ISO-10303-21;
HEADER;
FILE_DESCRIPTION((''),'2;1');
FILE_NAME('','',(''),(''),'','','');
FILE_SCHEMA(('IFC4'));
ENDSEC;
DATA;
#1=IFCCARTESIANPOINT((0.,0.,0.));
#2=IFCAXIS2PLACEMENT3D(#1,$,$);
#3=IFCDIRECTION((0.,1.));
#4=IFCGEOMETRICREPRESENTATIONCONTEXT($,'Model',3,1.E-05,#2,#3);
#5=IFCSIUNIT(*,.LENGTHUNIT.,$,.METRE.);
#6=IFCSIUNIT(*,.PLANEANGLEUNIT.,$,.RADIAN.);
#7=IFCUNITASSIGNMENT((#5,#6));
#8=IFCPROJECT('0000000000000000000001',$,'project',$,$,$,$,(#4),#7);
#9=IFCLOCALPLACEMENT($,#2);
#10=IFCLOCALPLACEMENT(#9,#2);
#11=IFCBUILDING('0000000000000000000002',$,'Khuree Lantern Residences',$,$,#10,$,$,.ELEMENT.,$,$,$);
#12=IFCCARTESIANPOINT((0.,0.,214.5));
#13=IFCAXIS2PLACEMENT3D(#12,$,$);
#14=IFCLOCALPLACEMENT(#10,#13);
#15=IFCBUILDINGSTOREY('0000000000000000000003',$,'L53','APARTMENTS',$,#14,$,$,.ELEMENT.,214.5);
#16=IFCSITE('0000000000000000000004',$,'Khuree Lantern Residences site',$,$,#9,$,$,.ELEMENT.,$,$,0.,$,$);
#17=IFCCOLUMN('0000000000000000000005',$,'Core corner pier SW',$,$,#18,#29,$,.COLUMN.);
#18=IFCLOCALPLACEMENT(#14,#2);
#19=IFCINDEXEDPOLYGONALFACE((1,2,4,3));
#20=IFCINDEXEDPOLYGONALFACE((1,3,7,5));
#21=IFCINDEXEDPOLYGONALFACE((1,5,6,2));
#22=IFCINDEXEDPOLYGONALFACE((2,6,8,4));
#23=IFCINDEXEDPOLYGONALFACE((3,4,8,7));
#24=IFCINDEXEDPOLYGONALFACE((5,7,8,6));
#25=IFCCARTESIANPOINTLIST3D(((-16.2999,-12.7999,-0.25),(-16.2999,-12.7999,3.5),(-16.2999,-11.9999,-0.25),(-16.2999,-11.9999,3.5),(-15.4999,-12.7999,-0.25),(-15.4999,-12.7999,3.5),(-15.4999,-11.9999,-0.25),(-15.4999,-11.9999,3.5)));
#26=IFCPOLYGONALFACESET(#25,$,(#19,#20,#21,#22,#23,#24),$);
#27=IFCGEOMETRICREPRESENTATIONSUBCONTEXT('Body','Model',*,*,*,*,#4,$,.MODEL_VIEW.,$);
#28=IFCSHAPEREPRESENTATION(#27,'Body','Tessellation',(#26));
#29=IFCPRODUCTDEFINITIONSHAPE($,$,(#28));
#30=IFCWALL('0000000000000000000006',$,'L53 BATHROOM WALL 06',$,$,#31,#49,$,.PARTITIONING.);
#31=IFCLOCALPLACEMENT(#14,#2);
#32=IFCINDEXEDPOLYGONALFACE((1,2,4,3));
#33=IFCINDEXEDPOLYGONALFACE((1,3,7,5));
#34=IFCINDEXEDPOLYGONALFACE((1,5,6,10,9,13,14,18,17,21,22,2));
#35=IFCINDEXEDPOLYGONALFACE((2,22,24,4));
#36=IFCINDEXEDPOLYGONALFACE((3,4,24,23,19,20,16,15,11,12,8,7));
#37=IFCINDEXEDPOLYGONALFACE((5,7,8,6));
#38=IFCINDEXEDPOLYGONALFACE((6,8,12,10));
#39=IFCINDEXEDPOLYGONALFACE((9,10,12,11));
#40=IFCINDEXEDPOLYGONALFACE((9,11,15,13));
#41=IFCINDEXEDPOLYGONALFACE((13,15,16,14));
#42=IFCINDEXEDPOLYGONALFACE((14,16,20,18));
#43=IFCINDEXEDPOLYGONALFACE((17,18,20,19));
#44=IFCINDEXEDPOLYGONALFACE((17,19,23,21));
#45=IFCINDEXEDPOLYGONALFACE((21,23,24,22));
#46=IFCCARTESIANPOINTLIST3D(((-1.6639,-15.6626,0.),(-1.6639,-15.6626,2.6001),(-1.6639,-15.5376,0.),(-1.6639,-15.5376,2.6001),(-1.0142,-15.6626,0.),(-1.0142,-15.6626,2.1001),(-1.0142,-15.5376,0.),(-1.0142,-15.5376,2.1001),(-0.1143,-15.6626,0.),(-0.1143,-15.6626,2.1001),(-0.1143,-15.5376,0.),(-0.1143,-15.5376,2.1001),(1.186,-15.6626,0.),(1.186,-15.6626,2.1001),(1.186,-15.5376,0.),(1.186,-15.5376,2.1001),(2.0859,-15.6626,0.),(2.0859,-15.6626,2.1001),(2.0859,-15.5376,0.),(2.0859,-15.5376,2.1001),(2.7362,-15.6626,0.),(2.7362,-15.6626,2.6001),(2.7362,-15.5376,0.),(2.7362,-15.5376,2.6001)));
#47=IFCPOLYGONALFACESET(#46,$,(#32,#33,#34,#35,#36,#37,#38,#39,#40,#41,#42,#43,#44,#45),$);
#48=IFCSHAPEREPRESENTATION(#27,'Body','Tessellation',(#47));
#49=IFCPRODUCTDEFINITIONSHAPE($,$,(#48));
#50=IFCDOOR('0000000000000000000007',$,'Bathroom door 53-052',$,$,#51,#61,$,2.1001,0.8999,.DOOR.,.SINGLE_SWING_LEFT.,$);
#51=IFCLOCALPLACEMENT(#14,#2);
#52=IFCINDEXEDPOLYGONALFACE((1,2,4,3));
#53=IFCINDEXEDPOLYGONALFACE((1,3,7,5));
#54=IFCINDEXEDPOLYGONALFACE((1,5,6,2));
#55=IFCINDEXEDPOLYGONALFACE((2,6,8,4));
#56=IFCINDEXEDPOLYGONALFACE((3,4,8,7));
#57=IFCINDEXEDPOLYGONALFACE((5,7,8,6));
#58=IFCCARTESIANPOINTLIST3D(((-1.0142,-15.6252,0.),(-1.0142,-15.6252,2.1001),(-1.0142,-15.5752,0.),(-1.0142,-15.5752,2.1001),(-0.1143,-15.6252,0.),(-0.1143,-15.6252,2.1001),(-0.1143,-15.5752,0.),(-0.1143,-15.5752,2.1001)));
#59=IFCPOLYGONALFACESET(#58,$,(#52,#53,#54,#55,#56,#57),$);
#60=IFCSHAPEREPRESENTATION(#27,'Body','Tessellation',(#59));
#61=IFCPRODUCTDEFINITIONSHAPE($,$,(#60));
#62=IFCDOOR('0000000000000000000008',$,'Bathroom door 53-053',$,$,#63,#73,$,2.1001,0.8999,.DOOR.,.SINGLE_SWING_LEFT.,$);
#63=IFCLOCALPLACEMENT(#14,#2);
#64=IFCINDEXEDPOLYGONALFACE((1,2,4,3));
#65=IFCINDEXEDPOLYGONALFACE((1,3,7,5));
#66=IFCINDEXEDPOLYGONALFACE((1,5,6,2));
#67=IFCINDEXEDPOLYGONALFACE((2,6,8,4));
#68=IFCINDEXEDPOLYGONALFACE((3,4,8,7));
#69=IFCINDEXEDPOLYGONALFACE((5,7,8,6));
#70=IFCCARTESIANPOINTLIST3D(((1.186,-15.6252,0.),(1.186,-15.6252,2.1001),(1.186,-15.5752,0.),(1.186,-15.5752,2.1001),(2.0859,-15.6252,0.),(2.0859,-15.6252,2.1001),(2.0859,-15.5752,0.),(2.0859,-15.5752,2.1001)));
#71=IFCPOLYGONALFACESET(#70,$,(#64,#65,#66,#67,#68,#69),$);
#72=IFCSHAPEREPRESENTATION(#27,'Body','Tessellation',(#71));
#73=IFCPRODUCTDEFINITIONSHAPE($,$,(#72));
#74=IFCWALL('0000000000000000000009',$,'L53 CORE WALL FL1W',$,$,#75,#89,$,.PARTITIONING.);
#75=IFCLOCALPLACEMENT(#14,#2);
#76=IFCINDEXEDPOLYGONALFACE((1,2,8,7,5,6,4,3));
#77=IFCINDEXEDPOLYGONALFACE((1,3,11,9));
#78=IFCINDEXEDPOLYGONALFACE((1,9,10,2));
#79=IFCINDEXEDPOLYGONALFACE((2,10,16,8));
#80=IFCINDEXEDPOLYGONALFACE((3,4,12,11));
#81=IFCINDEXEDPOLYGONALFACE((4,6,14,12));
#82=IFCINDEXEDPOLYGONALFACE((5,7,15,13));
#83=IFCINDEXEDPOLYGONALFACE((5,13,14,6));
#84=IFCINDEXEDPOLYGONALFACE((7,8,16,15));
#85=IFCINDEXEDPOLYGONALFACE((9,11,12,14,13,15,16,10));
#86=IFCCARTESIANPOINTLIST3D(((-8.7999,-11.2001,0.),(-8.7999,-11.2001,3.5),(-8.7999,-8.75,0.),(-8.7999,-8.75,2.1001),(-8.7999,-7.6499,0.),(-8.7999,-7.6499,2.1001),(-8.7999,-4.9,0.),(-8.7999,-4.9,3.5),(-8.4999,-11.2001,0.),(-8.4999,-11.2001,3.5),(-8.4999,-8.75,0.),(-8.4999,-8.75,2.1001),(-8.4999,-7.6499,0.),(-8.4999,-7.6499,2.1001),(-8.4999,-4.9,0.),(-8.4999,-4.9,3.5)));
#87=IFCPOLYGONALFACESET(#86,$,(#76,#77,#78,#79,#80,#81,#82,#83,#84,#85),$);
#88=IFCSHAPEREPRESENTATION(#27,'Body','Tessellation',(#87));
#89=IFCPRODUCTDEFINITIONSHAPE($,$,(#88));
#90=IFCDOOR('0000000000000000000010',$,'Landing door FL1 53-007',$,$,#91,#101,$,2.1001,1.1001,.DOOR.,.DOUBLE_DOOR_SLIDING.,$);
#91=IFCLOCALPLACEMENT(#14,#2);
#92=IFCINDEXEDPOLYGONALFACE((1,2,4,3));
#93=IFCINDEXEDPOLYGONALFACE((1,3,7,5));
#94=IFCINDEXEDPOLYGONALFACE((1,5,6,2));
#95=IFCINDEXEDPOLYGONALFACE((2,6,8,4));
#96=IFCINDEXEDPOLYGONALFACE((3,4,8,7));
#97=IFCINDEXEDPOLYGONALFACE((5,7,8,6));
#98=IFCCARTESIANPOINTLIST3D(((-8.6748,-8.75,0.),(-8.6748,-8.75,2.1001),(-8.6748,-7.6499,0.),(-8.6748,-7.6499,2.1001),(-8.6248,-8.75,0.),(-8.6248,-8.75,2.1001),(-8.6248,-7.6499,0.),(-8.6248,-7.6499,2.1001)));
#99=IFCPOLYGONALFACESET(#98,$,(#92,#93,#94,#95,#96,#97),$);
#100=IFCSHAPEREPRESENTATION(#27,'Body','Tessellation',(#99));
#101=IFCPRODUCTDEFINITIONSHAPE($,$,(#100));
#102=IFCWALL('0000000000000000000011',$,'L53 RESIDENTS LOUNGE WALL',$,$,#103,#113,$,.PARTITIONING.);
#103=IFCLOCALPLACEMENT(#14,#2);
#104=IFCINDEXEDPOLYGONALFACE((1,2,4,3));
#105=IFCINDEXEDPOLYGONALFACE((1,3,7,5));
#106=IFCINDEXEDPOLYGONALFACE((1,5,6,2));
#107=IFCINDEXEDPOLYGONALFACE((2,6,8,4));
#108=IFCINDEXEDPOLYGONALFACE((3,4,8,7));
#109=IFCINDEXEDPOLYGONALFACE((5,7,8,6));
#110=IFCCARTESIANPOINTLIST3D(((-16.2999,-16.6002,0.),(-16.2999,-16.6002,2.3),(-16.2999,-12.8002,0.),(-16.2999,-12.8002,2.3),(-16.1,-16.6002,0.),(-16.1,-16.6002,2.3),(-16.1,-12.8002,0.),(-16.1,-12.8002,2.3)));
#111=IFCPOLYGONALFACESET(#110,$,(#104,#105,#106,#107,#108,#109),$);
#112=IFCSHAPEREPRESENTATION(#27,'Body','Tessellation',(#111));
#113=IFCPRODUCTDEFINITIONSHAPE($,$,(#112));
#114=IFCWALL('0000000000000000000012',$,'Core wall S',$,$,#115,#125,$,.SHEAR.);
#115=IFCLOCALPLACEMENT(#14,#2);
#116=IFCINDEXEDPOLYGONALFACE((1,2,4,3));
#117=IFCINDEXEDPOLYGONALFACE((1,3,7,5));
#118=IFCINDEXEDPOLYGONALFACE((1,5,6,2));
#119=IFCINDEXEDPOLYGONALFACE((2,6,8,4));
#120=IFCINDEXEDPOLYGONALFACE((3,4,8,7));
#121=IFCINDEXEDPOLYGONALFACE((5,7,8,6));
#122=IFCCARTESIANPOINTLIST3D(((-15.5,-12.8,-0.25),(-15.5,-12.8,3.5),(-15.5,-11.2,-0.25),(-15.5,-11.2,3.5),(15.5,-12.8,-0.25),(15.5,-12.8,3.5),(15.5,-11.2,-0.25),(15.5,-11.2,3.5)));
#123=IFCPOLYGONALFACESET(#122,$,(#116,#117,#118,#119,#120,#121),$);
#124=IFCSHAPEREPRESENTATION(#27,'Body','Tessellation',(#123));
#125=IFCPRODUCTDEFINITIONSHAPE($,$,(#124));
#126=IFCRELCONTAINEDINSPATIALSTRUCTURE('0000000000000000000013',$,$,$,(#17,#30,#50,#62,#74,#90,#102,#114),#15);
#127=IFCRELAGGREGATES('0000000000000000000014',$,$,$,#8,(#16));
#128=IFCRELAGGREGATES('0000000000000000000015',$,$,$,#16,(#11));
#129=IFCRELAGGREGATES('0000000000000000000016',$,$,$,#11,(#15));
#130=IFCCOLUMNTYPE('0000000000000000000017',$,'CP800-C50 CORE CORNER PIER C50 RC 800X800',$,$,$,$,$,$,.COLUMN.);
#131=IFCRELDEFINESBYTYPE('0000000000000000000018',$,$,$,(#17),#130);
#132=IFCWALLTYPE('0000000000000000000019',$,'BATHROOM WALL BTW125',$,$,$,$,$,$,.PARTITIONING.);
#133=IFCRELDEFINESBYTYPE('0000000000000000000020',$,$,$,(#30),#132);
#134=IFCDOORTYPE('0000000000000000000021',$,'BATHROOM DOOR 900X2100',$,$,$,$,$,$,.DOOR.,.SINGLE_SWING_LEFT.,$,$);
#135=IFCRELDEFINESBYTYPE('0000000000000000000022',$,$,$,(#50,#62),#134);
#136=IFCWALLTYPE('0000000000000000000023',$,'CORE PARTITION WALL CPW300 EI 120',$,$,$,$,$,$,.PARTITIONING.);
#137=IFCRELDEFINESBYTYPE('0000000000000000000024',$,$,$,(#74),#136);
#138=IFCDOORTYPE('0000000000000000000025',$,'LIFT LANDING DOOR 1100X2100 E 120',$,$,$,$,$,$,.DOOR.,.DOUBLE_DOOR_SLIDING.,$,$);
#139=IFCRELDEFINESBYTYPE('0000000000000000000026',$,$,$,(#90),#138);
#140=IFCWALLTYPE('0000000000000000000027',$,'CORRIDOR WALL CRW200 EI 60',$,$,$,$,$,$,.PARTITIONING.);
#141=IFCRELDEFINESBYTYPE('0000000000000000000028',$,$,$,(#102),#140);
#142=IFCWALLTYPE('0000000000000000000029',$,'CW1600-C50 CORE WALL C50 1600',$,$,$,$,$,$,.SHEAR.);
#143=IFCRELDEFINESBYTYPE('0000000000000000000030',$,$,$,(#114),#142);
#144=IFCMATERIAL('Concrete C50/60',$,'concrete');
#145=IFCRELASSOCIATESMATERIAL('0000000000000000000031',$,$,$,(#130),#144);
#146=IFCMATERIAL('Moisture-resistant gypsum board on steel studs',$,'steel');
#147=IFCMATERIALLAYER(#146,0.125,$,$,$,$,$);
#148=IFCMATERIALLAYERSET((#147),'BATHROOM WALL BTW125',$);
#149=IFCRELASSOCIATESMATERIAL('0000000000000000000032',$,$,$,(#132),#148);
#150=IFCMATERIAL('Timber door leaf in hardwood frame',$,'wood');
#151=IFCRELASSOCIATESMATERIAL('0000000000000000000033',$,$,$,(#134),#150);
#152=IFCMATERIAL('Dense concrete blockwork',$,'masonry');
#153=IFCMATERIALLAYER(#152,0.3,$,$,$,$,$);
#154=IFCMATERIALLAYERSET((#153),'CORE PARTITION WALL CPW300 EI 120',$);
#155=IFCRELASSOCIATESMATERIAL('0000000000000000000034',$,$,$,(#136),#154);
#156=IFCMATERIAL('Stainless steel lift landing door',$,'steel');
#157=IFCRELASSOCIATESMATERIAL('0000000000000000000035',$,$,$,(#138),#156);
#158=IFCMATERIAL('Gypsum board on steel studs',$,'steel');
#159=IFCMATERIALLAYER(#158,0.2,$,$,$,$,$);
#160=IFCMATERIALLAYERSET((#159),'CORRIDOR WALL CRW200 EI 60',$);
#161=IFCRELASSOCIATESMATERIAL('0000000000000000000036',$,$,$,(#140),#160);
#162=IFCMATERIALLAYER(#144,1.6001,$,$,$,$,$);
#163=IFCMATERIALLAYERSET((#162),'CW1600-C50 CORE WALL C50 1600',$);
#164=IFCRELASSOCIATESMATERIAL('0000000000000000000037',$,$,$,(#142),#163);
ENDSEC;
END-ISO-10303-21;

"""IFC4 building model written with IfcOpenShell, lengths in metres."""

from ifc_helpers import new_model, si_unit, direction, frame, frame_2d, origin, origin_2d, place, context, subcontext, project, spatial, rectangle, extrude, material, layer, layer_set, material_profile, profile_set, type_object, element, fill, save


model = new_model("IFC4")

# Units and contexts
model_context = context("Model", 3, precision=1e-05, world=origin(), true_north=direction((0.0, 1.0)))
body_context = subcontext(model_context, "Body", "Model", "MODEL_VIEW")
ifc_project = project(units=[si_unit("LENGTHUNIT", "METRE"), si_unit("PLANEANGLEUNIT", "RADIAN")], contexts=[model_context])

# Site, building, storey
site_placement = place(None, origin())
site = spatial("IfcSite", under=ifc_project, at=site_placement, Name="Khuree Lantern Residences site", CompositionType="ELEMENT", RefElevation=0.0)
building_placement = place(site_placement, origin())
building = spatial("IfcBuilding", under=site, at=building_placement, Name="Khuree Lantern Residences", CompositionType="ELEMENT")
storey_placement = place(building_placement, frame((0.0, 0.0, 214.5)))
storey = spatial("IfcBuildingStorey", under=building, at=storey_placement, Name="L53", Description="APARTMENTS", CompositionType="ELEMENT", Elevation=214.5)

# Column
ifc_material_1 = material(Name="Concrete C50/60", Category="concrete")
ifc_material_profile = material_profile(ifc_material_1, rectangle(XDim=0.8, YDim=0.8, at=origin_2d()), Name="RC 800X800")
ifc_profile_set = profile_set([ifc_material_profile], Name="Concrete C50/60")
column_type = type_object("IfcColumnType", Name="CP800-C50 CORE CORNER PIER C50 RC 800X800", PredefinedType="COLUMN", material=ifc_profile_set)
column_placement = place(storey_placement, frame((-15.8999, -12.3999, -0.25), z_axis=(0.0, 0.0, 1.0), x_axis=(1.0, 0.0, 0.0)))
element("IfcColumn", 1, at=column_placement, inside=storey, type_object=column_type, Name="Core corner pier SW", PredefinedType="COLUMN", context=body_context, shape_type="SweptSolid", body=[
    extrude(rectangle(XDim=0.8, YDim=0.8, at=origin_2d()), origin(), (0.0, 0.0, 1.0), 3.75),
])

# Wall, openings, doors
ifc_material_2 = material(Name="Moisture-resistant gypsum board on steel studs", Category="steel")
ifc_layer_1 = layer(ifc_material_2, 0.125)
ifc_layer_set_1 = layer_set([ifc_layer_1], Name="BATHROOM WALL BTW125")
wall_type_1 = type_object("IfcWallType", Name="BATHROOM WALL BTW125", PredefinedType="PARTITIONING", material=ifc_layer_set_1)
wall_1_placement = place(storey_placement, frame((-1.6641, -15.6001, 0.0), z_axis=(0.0, 0.0, 1.0), x_axis=(1.0, 0.0, 0.0)))
wall_1 = element("IfcWall", 2, at=wall_1_placement, inside=storey, type_object=wall_type_1, Name="L53 BATHROOM WALL 06", PredefinedType="PARTITIONING", context=body_context, shape_type="SweptSolid", body=[
    extrude(rectangle(XDim=4.4001, YDim=0.125, at=frame_2d((2.2002, 0.0))), origin(), (0.0, 0.0, 1.0), 2.6001),
])
opening_1_placement = place(wall_1_placement, frame((0.6499, 0.0, 0.0)))
opening_1 = element("IfcOpeningElement", 3, at=opening_1_placement, cuts=wall_1, PredefinedType="OPENING", context=body_context, shape_type="SweptSolid", body=[
    extrude(rectangle(XDim=0.8999, YDim=2.1001, at=frame_2d((0.45, 1.05))), frame((0.0, 0.0725, 0.0), z_axis=(0.0, -1.0, 0.0), x_axis=(1.0, 0.0, 0.0)), (0.0, 0.0, 1.0), 0.145),
])
opening_2_placement = place(wall_1_placement, frame((2.8501, 0.0, 0.0)))
opening_2 = element("IfcOpeningElement", 4, at=opening_2_placement, cuts=wall_1, PredefinedType="OPENING", context=body_context, shape_type="SweptSolid", body=[
    extrude(rectangle(XDim=0.8999, YDim=2.1001, at=frame_2d((0.45, 1.05))), frame((0.0, 0.0725, 0.0), z_axis=(0.0, -1.0, 0.0), x_axis=(1.0, 0.0, 0.0)), (0.0, 0.0, 1.0), 0.145),
])
ifc_material_3 = material(Name="Timber door leaf in hardwood frame", Category="wood")
door_type_1 = type_object("IfcDoorType", Name="BATHROOM DOOR 900X2100", OperationType="SINGLE_SWING_LEFT", PredefinedType="DOOR", material=ifc_material_3)
door_1_placement = place(opening_1_placement, origin())
door_1 = element("IfcDoor", 5, at=door_1_placement, inside=storey, type_object=door_type_1, Name="Bathroom door 53-052", OperationType="SINGLE_SWING_LEFT", OverallHeight=2.1001, OverallWidth=0.8999, PredefinedType="DOOR", context=body_context, shape_type="SweptSolid", body=[
    extrude(rectangle(XDim=0.8999, YDim=2.1001, at=frame_2d((0.45, 1.05))), frame((0.0, 0.0249, 0.0), z_axis=(0.0, -1.0, 0.0), x_axis=(1.0, 0.0, 0.0)), (0.0, 0.0, 1.0), 0.05),
])
fill(opening_1, door_1)
door_2_placement = place(opening_2_placement, origin())
door_2 = element("IfcDoor", 6, at=door_2_placement, inside=storey, type_object=door_type_1, Name="Bathroom door 53-053", OperationType="SINGLE_SWING_LEFT", OverallHeight=2.1001, OverallWidth=0.8999, PredefinedType="DOOR", context=body_context, shape_type="SweptSolid", body=[
    extrude(rectangle(XDim=0.8999, YDim=2.1001, at=frame_2d((0.45, 1.05))), frame((0.0, 0.0249, 0.0), z_axis=(0.0, -1.0, 0.0), x_axis=(1.0, 0.0, 0.0)), (0.0, 0.0, 1.0), 0.05),
])
fill(opening_2, door_2)

# Wall, opening, door
ifc_material_4 = material(Name="Dense concrete blockwork", Category="masonry")
ifc_layer_2 = layer(ifc_material_4, 0.3)
ifc_layer_set_2 = layer_set([ifc_layer_2], Name="CORE PARTITION WALL CPW300 EI 120")
wall_type_2 = type_object("IfcWallType", Name="CORE PARTITION WALL CPW300 EI 120", PredefinedType="PARTITIONING", material=ifc_layer_set_2)
wall_2_placement = place(storey_placement, frame((-8.6499, -11.2, 0.0), z_axis=(0.0, 0.0, 1.0), x_axis=(0.0, 1.0, 0.0)))
wall_2 = element("IfcWall", 7, at=wall_2_placement, inside=storey, type_object=wall_type_2, Name="L53 CORE WALL FL1W", PredefinedType="PARTITIONING", context=body_context, shape_type="SweptSolid", body=[
    extrude(rectangle(XDim=6.3, YDim=0.3, at=frame_2d((3.1499, 0.0))), origin(), (0.0, 0.0, 1.0), 3.5),
])
opening_3_placement = place(wall_2_placement, frame((2.45, 0.0, 0.0)))
opening_3 = element("IfcOpeningElement", 8, at=opening_3_placement, cuts=wall_2, PredefinedType="OPENING", context=body_context, shape_type="SweptSolid", body=[
    extrude(rectangle(XDim=1.1001, YDim=2.1001, at=frame_2d((0.55, 1.05))), frame((0.0, 0.1602, 0.0), z_axis=(0.0, -1.0, 0.0), x_axis=(1.0, 0.0, 0.0)), (0.0, 0.0, 1.0), 0.3201),
])
ifc_material_5 = material(Name="Stainless steel lift landing door", Category="steel")
door_type_2 = type_object("IfcDoorType", Name="LIFT LANDING DOOR 1100X2100 E 120", OperationType="DOUBLE_DOOR_SLIDING", PredefinedType="DOOR", material=ifc_material_5)
door_3_placement = place(opening_3_placement, origin())
door_3 = element("IfcDoor", 9, at=door_3_placement, inside=storey, type_object=door_type_2, Name="Landing door FL1 53-007", OperationType="DOUBLE_DOOR_SLIDING", OverallHeight=2.1001, OverallWidth=1.1001, PredefinedType="DOOR", context=body_context, shape_type="SweptSolid", body=[
    extrude(rectangle(XDim=1.1001, YDim=2.1001, at=frame_2d((0.55, 1.05))), frame((0.0, 0.0249, 0.0), z_axis=(0.0, -1.0, 0.0), x_axis=(1.0, 0.0, 0.0)), (0.0, 0.0, 1.0), 0.05),
])
fill(opening_3, door_3)

# Walls
ifc_material_6 = material(Name="Gypsum board on steel studs", Category="steel")
ifc_layer_3 = layer(ifc_material_6, 0.2)
ifc_layer_set_3 = layer_set([ifc_layer_3], Name="CORRIDOR WALL CRW200 EI 60")
wall_type_3 = type_object("IfcWallType", Name="CORRIDOR WALL CRW200 EI 60", PredefinedType="PARTITIONING", material=ifc_layer_set_3)
wall_3_placement = place(storey_placement, frame((-16.2, -16.6001, 0.0), z_axis=(0.0, 0.0, 1.0), x_axis=(0.0, 1.0, 0.0)))
element("IfcWall", 10, at=wall_3_placement, inside=storey, type_object=wall_type_3, Name="L53 RESIDENTS LOUNGE WALL", PredefinedType="PARTITIONING", context=body_context, shape_type="SweptSolid", body=[
    extrude(rectangle(XDim=3.8, YDim=0.2, at=frame_2d((1.8999, 0.0))), origin(), (0.0, 0.0, 1.0), 2.3),
])
ifc_layer_4 = layer(ifc_material_1, 1.6001)
ifc_layer_set_4 = layer_set([ifc_layer_4], Name="CW1600-C50 CORE WALL C50 1600")
wall_type_4 = type_object("IfcWallType", Name="CW1600-C50 CORE WALL C50 1600", PredefinedType="SHEAR", material=ifc_layer_set_4)
wall_4_placement = place(storey_placement, frame((-15.5, -12.0, -0.25), z_axis=(0.0, 0.0, 1.0), x_axis=(1.0, 0.0, 0.0)))
element("IfcWall", 11, at=wall_4_placement, inside=storey, type_object=wall_type_4, Name="Core wall S", PredefinedType="SHEAR", context=body_context, shape_type="SweptSolid", body=[
    extrude(rectangle(XDim=31.0, YDim=1.6001, at=frame_2d((15.5, 0.0))), origin(), (0.0, 0.0, 1.0), 3.75),
])

save(model, "model.ifc")
